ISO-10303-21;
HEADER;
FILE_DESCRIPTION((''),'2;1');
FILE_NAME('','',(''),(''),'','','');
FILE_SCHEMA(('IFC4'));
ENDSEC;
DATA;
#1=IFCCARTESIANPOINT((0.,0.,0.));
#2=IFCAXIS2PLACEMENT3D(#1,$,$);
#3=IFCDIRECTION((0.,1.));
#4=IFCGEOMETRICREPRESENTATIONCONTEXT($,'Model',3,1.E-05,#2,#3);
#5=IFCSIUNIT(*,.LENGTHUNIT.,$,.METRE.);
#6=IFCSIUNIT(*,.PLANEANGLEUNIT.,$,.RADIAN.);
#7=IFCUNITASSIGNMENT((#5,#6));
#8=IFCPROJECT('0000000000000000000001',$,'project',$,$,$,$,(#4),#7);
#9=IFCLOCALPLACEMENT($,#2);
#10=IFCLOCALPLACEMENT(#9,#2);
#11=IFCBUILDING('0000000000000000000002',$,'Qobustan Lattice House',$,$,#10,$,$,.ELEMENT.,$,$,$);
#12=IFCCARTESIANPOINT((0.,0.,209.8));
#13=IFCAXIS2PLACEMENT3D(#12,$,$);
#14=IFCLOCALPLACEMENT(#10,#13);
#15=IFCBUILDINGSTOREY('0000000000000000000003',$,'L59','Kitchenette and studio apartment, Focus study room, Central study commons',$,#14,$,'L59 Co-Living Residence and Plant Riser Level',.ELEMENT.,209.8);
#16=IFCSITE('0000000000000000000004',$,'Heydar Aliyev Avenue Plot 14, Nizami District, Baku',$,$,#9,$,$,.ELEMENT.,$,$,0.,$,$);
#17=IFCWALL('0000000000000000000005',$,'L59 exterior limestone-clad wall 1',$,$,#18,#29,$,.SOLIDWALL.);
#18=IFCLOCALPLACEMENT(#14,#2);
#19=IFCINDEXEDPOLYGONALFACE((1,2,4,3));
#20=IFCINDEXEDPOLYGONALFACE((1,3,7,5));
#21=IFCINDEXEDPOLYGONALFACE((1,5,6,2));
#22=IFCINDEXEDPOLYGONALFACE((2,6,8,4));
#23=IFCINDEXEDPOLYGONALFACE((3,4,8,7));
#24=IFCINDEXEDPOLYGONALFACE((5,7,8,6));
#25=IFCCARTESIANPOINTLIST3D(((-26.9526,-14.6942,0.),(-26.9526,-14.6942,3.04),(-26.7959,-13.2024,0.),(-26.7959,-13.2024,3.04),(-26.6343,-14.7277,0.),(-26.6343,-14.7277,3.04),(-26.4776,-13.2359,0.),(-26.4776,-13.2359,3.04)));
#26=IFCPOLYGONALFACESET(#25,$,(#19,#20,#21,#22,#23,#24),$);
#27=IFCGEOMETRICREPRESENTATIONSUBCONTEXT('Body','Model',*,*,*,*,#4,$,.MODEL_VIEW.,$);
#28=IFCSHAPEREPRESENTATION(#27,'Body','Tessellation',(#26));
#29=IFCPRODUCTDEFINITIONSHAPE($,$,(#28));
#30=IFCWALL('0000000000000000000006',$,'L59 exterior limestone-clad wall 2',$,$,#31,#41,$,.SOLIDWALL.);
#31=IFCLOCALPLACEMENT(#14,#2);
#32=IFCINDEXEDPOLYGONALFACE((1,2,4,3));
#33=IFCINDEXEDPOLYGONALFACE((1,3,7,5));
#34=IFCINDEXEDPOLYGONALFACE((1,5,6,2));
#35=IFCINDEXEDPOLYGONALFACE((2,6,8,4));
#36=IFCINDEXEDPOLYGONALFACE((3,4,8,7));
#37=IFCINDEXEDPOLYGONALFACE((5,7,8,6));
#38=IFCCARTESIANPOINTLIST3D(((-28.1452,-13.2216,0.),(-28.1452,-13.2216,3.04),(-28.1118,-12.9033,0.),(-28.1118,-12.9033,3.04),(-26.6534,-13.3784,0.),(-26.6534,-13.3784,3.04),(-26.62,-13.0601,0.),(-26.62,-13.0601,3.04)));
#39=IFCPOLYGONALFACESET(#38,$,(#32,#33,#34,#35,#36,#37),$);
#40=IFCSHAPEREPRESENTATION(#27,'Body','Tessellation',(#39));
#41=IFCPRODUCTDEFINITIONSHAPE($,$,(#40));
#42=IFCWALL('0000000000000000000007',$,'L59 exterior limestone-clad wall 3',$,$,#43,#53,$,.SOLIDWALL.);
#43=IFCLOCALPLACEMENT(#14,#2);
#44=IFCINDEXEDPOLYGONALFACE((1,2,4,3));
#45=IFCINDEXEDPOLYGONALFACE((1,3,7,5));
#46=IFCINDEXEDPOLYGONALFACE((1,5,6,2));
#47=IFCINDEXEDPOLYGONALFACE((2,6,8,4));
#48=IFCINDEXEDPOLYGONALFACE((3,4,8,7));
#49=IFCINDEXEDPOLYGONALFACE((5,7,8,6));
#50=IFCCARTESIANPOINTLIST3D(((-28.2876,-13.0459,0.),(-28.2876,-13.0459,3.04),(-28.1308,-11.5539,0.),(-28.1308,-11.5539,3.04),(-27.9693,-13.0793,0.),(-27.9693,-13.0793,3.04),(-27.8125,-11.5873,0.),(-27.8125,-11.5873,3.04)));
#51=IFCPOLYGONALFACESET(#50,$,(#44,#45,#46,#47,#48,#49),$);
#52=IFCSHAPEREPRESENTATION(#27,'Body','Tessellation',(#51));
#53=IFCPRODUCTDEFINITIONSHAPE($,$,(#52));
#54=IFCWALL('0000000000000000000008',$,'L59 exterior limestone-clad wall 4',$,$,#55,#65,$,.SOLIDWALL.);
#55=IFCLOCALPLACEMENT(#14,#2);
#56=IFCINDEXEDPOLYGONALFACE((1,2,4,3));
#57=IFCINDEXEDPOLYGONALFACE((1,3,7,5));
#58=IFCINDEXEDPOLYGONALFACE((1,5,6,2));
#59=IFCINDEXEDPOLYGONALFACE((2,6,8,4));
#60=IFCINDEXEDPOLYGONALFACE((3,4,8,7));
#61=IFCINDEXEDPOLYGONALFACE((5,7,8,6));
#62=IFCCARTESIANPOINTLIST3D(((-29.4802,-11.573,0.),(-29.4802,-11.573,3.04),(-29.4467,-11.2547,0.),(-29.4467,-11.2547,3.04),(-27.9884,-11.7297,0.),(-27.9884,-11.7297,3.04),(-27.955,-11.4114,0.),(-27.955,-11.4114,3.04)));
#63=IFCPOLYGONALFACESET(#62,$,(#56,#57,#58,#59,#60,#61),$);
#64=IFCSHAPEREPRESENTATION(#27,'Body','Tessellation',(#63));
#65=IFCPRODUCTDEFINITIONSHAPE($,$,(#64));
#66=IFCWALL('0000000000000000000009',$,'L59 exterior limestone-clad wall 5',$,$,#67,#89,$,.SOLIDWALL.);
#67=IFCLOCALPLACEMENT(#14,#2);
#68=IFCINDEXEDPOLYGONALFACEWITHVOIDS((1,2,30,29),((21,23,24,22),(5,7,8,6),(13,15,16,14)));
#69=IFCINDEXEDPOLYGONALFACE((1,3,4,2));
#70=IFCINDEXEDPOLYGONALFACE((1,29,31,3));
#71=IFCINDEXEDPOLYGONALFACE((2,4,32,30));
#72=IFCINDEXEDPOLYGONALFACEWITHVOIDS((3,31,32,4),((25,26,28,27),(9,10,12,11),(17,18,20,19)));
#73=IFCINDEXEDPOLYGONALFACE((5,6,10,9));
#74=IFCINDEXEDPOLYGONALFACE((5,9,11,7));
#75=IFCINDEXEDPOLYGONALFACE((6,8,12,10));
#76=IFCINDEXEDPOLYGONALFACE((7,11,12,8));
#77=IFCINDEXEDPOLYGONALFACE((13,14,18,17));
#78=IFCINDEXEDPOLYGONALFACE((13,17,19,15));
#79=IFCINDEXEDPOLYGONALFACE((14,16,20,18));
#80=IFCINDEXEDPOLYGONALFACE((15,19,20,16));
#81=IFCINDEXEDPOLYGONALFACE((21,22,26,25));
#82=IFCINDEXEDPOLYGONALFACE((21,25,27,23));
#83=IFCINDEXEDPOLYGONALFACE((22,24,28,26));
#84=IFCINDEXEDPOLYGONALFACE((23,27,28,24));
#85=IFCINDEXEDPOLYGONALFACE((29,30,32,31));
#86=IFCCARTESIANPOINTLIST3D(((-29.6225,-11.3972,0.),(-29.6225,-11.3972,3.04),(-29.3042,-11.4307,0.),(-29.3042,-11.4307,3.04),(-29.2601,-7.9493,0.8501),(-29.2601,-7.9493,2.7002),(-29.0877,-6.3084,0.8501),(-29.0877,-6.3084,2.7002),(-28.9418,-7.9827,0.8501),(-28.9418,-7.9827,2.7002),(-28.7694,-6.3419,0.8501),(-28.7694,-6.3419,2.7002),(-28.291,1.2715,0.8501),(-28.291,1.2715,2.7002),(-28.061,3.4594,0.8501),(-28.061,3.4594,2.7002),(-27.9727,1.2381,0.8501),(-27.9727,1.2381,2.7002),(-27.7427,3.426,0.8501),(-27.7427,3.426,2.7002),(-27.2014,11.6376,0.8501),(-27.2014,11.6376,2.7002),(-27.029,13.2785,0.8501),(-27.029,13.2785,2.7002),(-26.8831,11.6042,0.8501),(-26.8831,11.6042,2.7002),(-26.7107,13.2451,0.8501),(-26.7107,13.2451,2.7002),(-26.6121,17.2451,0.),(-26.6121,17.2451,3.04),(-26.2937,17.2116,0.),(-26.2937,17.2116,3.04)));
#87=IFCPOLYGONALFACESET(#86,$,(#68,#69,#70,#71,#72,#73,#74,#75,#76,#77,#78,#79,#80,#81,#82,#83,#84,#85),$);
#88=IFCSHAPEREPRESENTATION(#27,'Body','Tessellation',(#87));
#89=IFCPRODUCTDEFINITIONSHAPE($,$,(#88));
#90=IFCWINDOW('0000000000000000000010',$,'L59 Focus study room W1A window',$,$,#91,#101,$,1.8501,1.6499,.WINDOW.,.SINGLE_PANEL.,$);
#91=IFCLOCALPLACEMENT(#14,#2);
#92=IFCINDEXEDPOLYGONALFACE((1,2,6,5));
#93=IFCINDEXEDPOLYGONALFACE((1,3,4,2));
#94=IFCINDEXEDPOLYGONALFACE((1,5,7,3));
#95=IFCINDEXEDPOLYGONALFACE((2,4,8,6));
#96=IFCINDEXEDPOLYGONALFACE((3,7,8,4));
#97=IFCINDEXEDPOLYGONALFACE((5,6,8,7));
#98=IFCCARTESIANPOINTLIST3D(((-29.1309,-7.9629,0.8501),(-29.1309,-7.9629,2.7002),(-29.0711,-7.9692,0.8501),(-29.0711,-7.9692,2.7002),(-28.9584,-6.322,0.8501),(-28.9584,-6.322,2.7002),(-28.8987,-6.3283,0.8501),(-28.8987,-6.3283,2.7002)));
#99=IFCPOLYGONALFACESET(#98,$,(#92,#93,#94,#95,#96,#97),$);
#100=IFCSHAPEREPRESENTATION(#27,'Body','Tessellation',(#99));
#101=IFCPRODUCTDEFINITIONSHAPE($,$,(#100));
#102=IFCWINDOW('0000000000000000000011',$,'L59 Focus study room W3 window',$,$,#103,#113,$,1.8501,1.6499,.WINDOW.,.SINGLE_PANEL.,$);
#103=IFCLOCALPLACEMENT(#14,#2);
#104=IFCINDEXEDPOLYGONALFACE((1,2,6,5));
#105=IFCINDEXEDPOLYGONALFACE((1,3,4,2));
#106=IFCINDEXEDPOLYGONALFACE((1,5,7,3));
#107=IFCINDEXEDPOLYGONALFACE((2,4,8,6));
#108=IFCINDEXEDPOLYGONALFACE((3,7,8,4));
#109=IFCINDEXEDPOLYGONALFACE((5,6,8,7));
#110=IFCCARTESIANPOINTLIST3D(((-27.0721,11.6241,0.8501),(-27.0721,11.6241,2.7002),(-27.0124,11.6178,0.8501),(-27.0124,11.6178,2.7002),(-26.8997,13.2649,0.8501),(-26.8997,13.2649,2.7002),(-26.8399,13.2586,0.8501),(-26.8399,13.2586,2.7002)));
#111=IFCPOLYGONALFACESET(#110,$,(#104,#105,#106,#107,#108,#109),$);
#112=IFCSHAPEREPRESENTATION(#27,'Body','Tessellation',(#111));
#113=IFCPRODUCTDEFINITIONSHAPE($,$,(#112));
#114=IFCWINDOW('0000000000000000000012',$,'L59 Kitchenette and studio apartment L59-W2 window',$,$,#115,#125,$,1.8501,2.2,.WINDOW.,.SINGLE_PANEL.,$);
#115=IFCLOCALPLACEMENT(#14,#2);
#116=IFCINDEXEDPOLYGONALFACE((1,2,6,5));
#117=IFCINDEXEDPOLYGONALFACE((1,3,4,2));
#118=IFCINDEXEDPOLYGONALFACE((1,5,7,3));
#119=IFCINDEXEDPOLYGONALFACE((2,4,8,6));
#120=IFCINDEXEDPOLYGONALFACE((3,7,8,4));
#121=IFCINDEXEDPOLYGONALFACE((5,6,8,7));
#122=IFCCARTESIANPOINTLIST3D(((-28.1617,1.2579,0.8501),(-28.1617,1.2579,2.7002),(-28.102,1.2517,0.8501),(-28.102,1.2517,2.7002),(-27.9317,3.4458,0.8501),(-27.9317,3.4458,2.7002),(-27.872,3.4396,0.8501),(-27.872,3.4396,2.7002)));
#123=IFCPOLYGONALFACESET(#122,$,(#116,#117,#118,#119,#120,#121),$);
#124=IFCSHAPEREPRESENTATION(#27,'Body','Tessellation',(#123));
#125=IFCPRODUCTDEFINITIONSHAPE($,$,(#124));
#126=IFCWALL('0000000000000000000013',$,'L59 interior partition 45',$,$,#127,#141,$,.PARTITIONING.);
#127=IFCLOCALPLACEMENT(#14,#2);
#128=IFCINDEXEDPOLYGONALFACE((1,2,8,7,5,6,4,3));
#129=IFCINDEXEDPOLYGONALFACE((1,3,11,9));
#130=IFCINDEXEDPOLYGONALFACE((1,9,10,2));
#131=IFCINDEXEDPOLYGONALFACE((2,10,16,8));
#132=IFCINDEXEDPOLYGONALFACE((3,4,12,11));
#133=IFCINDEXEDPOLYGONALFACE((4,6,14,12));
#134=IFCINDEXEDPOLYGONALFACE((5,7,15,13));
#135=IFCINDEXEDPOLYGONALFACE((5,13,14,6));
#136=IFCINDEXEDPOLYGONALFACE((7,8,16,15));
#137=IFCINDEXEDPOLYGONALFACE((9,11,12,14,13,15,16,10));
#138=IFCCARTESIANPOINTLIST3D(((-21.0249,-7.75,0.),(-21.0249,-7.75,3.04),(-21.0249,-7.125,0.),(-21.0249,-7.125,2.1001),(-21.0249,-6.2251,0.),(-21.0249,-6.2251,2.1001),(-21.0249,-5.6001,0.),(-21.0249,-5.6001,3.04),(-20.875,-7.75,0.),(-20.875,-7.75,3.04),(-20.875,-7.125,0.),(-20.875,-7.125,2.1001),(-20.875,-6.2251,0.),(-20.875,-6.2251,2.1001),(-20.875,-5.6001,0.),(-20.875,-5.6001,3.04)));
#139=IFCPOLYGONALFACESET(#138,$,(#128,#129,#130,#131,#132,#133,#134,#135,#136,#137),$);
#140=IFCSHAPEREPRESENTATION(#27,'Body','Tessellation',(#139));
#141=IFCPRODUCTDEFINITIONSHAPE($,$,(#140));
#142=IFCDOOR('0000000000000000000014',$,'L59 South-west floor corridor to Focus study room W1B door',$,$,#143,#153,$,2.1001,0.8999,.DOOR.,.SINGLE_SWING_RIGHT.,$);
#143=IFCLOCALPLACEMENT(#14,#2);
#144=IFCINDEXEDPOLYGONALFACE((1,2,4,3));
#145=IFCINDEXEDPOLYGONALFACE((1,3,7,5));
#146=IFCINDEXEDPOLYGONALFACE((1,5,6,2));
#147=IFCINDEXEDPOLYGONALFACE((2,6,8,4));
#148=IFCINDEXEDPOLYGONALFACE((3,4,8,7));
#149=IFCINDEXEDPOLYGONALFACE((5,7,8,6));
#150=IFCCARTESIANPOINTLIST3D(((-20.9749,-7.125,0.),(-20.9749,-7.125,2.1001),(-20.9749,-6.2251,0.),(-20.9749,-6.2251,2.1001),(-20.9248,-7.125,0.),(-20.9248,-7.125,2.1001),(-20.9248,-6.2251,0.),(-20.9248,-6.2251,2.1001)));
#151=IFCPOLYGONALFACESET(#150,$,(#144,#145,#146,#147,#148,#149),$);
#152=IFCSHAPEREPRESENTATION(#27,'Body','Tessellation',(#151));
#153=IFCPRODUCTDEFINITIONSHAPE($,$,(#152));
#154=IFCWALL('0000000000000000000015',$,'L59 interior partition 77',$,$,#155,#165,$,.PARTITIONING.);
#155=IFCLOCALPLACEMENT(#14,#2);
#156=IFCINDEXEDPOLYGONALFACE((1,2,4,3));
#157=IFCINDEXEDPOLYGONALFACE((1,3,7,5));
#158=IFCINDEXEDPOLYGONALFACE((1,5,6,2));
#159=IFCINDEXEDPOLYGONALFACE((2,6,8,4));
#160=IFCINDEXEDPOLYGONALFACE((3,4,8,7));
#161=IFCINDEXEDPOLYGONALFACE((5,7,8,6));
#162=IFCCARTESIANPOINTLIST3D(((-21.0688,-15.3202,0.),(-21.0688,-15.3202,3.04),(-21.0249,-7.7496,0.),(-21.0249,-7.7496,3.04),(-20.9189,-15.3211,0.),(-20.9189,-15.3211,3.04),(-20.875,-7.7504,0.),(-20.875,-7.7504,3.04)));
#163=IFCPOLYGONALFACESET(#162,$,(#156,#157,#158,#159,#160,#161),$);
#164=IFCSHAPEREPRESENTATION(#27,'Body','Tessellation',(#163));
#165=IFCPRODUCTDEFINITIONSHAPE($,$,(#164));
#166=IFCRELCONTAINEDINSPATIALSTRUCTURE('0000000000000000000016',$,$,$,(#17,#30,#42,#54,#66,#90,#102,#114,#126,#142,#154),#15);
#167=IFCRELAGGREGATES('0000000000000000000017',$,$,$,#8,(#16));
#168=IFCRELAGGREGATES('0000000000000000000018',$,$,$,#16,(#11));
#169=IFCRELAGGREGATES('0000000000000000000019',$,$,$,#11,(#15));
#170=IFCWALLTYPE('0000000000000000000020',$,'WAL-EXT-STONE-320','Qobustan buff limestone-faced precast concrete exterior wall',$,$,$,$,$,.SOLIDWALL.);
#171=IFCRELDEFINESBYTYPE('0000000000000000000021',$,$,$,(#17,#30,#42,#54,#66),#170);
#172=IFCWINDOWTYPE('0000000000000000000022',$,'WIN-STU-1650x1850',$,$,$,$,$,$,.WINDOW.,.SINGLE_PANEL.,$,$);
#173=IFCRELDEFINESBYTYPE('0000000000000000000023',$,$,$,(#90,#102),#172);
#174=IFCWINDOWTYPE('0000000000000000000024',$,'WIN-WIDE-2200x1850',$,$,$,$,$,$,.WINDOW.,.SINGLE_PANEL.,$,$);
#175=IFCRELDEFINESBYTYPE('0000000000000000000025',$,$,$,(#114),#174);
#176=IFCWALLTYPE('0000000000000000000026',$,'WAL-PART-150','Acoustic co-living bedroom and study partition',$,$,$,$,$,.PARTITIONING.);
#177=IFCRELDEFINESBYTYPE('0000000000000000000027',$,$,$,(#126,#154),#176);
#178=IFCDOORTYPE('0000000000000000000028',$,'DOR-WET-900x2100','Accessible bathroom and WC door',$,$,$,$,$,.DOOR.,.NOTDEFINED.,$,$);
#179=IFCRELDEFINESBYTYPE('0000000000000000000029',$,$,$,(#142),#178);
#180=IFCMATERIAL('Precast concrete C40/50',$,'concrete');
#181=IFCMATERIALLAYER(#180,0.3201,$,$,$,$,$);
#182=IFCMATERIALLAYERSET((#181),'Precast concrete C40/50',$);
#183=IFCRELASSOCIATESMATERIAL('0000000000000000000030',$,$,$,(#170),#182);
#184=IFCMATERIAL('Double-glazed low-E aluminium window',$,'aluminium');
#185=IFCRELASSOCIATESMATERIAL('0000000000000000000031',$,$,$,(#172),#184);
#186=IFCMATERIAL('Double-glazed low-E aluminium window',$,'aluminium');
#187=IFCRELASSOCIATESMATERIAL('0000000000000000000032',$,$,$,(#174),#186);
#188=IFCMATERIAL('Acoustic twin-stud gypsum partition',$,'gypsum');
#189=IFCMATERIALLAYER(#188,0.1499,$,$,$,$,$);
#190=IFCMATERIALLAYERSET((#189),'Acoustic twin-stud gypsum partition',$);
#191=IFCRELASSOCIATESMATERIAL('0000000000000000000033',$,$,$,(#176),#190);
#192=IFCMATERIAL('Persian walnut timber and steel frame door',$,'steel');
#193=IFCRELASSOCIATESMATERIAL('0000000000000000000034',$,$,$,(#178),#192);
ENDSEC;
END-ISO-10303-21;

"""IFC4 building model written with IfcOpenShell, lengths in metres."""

from ifc_helpers import new_model, si_unit, direction, frame, frame_2d, origin, place, context, subcontext, project, spatial, rectangle, extrude, material, layer, layer_set, type_object, element, fill, save


model = new_model("IFC4")

# Units and contexts
model_context = context("Model", 3, precision=1e-05, world=origin(), true_north=direction((0.0, 1.0)))
body_context = subcontext(model_context, "Body", "Model", "MODEL_VIEW")
ifc_project = project(units=[si_unit("LENGTHUNIT", "METRE"), si_unit("PLANEANGLEUNIT", "RADIAN")], contexts=[model_context])

# Site, building, storey
site_placement = place(None, origin())
site = spatial("IfcSite", under=ifc_project, at=site_placement, Name="Heydar Aliyev Avenue Plot 14, Nizami District, Baku", CompositionType="ELEMENT", RefElevation=0.0)
building_placement = place(site_placement, origin())
building = spatial("IfcBuilding", under=site, at=building_placement, Name="Qobustan Lattice House", CompositionType="ELEMENT")
storey_placement = place(building_placement, frame((0.0, 0.0, 209.8)))
storey = spatial("IfcBuildingStorey", under=building, at=storey_placement, Name="L59", Description="Kitchenette and studio apartment, Focus study room, Central study commons", LongName="L59 Co-Living Residence and Plant Riser Level", CompositionType="ELEMENT", Elevation=209.8)

# Walls
ifc_material_1 = material(Name="Precast concrete C40/50", Category="concrete")
ifc_layer_1 = layer(ifc_material_1, 0.3201)
ifc_layer_set_1 = layer_set([ifc_layer_1], Name="Precast concrete C40/50")
wall_type_1 = type_object("IfcWallType", Name="WAL-EXT-STONE-320", Description="Qobustan buff limestone-faced precast concrete exterior wall", PredefinedType="SOLIDWALL", material=ifc_layer_set_1)
for number, where, z_axis, x_axis, name in (
    (1, (-26.7935, -14.7109, 0.0), (0.0, 0.0, 1.0), (0.104498, 0.994525, 0.0), "L59 exterior limestone-clad wall 1"),
    (2, (-26.6367, -13.2192, 0.0), (0.0, 0.0, 1.0), (-0.994525, 0.104498, 0.0), "L59 exterior limestone-clad wall 2"),
):
    element("IfcWall", number, at=place(storey_placement, frame(where, z_axis=z_axis, x_axis=x_axis)), inside=storey, type_object=wall_type_1, Name=name, PredefinedType="SOLIDWALL", context=body_context, shape_type="SweptSolid", body=[
        extrude(rectangle(XDim=1.5, YDim=0.3201, at=frame_2d((0.75, 0.0))), origin(), (0.0, 0.0, 1.0), 3.04),
    ])
wall_1_placement = place(storey_placement, frame((-28.1284, -13.0625, 0.0), z_axis=(0.0, 0.0, 1.0), x_axis=(0.104481, 0.994527, 0.0)))
element("IfcWall", 3, at=wall_1_placement, inside=storey, type_object=wall_type_1, Name="L59 exterior limestone-clad wall 3", PredefinedType="SOLIDWALL", context=body_context, shape_type="SweptSolid", body=[
    extrude(rectangle(XDim=1.5002, YDim=0.3201, at=frame_2d((0.75, 0.0))), origin(), (0.0, 0.0, 1.0), 3.04),
])
wall_2_placement = place(storey_placement, frame((-27.9717, -11.5706, 0.0), z_axis=(0.0, 0.0, 1.0), x_axis=(-0.994525, 0.104498, 0.0)))
element("IfcWall", 4, at=wall_2_placement, inside=storey, type_object=wall_type_1, Name="L59 exterior limestone-clad wall 4", PredefinedType="SOLIDWALL", context=body_context, shape_type="SweptSolid", body=[
    extrude(rectangle(XDim=1.5, YDim=0.3201, at=frame_2d((0.75, 0.0))), origin(), (0.0, 0.0, 1.0), 3.04),
])

# Wall, openings, windows
wall_3_placement = place(storey_placement, frame((-29.4634, -11.4138, 0.0), z_axis=(0.0, 0.0, 1.0), x_axis=(0.104531, 0.994522, 0.0)))
wall_3 = element("IfcWall", 5, at=wall_3_placement, inside=storey, type_object=wall_type_1, Name="L59 exterior limestone-clad wall 5", PredefinedType="SOLIDWALL", context=body_context, shape_type="SweptSolid", body=[
    extrude(rectangle(XDim=28.8, YDim=0.3201, at=frame_2d((14.3999, 0.0))), origin(), (0.0, 0.0, 1.0), 3.04),
])
opening_1_placement = place(wall_3_placement, frame((3.4668, 0.0, 0.8501)))
opening_1 = element("IfcOpeningElement", 6, at=opening_1_placement, cuts=wall_3, PredefinedType="OPENING", context=body_context, shape_type="SweptSolid", body=[
    extrude(rectangle(XDim=1.6499, YDim=1.8501, at=frame_2d((0.825, 0.925))), frame((0.0, 0.1699, 0.0), z_axis=(0.0, -1.0, 0.0), x_axis=(1.0, 0.0, 0.0)), (0.0, 0.0, 1.0), 0.3401),
])
opening_2_placement = place(wall_3_placement, frame((12.7383, 0.0, 0.8501)))
opening_2 = element("IfcOpeningElement", 7, at=opening_2_placement, cuts=wall_3, PredefinedType="OPENING", context=body_context, shape_type="SweptSolid", body=[
    extrude(rectangle(XDim=2.2, YDim=1.8501, at=frame_2d((1.1001, 0.925))), frame((0.0, 0.1699, 0.0), z_axis=(0.0, -1.0, 0.0), x_axis=(1.0, 0.0, 0.0)), (0.0, 0.0, 1.0), 0.3401),
])
opening_3_placement = place(wall_3_placement, frame((23.1616, 0.0, 0.8501)))
opening_3 = element("IfcOpeningElement", 8, at=opening_3_placement, cuts=wall_3, PredefinedType="OPENING", context=body_context, shape_type="SweptSolid", body=[
    extrude(rectangle(XDim=1.6499, YDim=1.8501, at=frame_2d((0.825, 0.925))), frame((0.0, 0.1699, 0.0), z_axis=(0.0, -1.0, 0.0), x_axis=(1.0, 0.0, 0.0)), (0.0, 0.0, 1.0), 0.3401),
])
ifc_material_2 = material(Name="Double-glazed low-E aluminium window", Category="aluminium")
window_type_1 = type_object("IfcWindowType", Name="WIN-STU-1650x1850", PartitioningType="SINGLE_PANEL", PredefinedType="WINDOW", material=ifc_material_2)
window_1_placement = place(opening_1_placement, origin())
window_1 = element("IfcWindow", 9, at=window_1_placement, inside=storey, type_object=window_type_1, Name="L59 Focus study room W1A window", OverallHeight=1.8501, OverallWidth=1.6499, PartitioningType="SINGLE_PANEL", PredefinedType="WINDOW", context=body_context, shape_type="SweptSolid", body=[
    extrude(rectangle(XDim=1.6499, YDim=1.8501, at=frame_2d((0.825, 0.925))), frame((0.0, 0.03, 0.0), z_axis=(0.0, -1.0, 0.0), x_axis=(1.0, 0.0, 0.0)), (0.0, 0.0, 1.0), 0.0601),
])
fill(opening_1, window_1)
window_2_placement = place(opening_3_placement, origin())
window_2 = element("IfcWindow", 10, at=window_2_placement, inside=storey, type_object=window_type_1, Name="L59 Focus study room W3 window", OverallHeight=1.8501, OverallWidth=1.6499, PartitioningType="SINGLE_PANEL", PredefinedType="WINDOW", context=body_context, shape_type="SweptSolid", body=[
    extrude(rectangle(XDim=1.6499, YDim=1.8501, at=frame_2d((0.825, 0.925))), frame((0.0, 0.03, 0.0), z_axis=(0.0, -1.0, 0.0), x_axis=(1.0, 0.0, 0.0)), (0.0, 0.0, 1.0), 0.0601),
])
fill(opening_3, window_2)
ifc_material_3 = material(Name="Double-glazed low-E aluminium window", Category="aluminium")
window_type_2 = type_object("IfcWindowType", Name="WIN-WIDE-2200x1850", PartitioningType="SINGLE_PANEL", PredefinedType="WINDOW", material=ifc_material_3)
window_3_placement = place(opening_2_placement, origin())
window_3 = element("IfcWindow", 11, at=window_3_placement, inside=storey, type_object=window_type_2, Name="L59 Kitchenette and studio apartment L59-W2 window", OverallHeight=1.8501, OverallWidth=2.2, PartitioningType="SINGLE_PANEL", PredefinedType="WINDOW", context=body_context, shape_type="SweptSolid", body=[
    extrude(rectangle(XDim=2.2, YDim=1.8501, at=frame_2d((1.1001, 0.925))), frame((0.0, 0.03, 0.0), z_axis=(0.0, -1.0, 0.0), x_axis=(1.0, 0.0, 0.0)), (0.0, 0.0, 1.0), 0.0601),
])
fill(opening_2, window_3)

# Wall, opening, door
ifc_material_4 = material(Name="Acoustic twin-stud gypsum partition", Category="gypsum")
ifc_layer_2 = layer(ifc_material_4, 0.1499)
ifc_layer_set_2 = layer_set([ifc_layer_2], Name="Acoustic twin-stud gypsum partition")
wall_type_2 = type_object("IfcWallType", Name="WAL-PART-150", Description="Acoustic co-living bedroom and study partition", PredefinedType="PARTITIONING", material=ifc_layer_set_2)
wall_4_placement = place(storey_placement, frame((-20.95, -7.75, 0.0), z_axis=(0.0, 0.0, 1.0), x_axis=(0.0, 1.0, 0.0)))
wall_4 = element("IfcWall", 12, at=wall_4_placement, inside=storey, type_object=wall_type_2, Name="L59 interior partition 45", PredefinedType="PARTITIONING", context=body_context, shape_type="SweptSolid", body=[
    extrude(rectangle(XDim=2.1499, YDim=0.1499, at=frame_2d((1.075, 0.0))), origin(), (0.0, 0.0, 1.0), 3.04),
])
opening_4_placement = place(wall_4_placement, frame((0.625, 0.0, 0.0)))
opening_4 = element("IfcOpeningElement", 13, at=opening_4_placement, cuts=wall_4, PredefinedType="OPENING", context=body_context, shape_type="SweptSolid", body=[
    extrude(rectangle(XDim=0.8999, YDim=2.1001, at=frame_2d((0.45, 1.05))), frame((0.0, 0.085, 0.0), z_axis=(0.0, -1.0, 0.0), x_axis=(1.0, 0.0, 0.0)), (0.0, 0.0, 1.0), 0.1699),
])
ifc_material_5 = material(Name="Persian walnut timber and steel frame door", Category="steel")
door_type = type_object("IfcDoorType", Name="DOR-WET-900x2100", Description="Accessible bathroom and WC door", OperationType="NOTDEFINED", PredefinedType="DOOR", material=ifc_material_5)
door_placement = place(opening_4_placement, origin())
door = element("IfcDoor", 14, at=door_placement, inside=storey, type_object=door_type, Name="L59 South-west floor corridor to Focus study room W1B door", OperationType="SINGLE_SWING_RIGHT", OverallHeight=2.1001, OverallWidth=0.8999, PredefinedType="DOOR", context=body_context, shape_type="SweptSolid", body=[
    extrude(rectangle(XDim=0.8999, YDim=2.1001, at=frame_2d((0.45, 1.05))), frame((0.0, 0.0249, 0.0), z_axis=(0.0, -1.0, 0.0), x_axis=(1.0, 0.0, 0.0)), (0.0, 0.0, 1.0), 0.05),
])
fill(opening_4, door)

# Wall
wall_5_placement = place(storey_placement, frame((-20.95, -7.75, 0.0), z_axis=(0.0, 0.0, 1.0), x_axis=(-0.005805, -0.999983, 0.0)))
element("IfcWall", 15, at=wall_5_placement, inside=storey, type_object=wall_type_2, Name="L59 interior partition 77", PredefinedType="PARTITIONING", context=body_context, shape_type="SweptSolid", body=[
    extrude(rectangle(XDim=7.5708, YDim=0.1499, at=frame_2d((3.7854, 0.0))), origin(), (0.0, 0.0, 1.0), 3.04),
])

save(model, "model.ifc")
